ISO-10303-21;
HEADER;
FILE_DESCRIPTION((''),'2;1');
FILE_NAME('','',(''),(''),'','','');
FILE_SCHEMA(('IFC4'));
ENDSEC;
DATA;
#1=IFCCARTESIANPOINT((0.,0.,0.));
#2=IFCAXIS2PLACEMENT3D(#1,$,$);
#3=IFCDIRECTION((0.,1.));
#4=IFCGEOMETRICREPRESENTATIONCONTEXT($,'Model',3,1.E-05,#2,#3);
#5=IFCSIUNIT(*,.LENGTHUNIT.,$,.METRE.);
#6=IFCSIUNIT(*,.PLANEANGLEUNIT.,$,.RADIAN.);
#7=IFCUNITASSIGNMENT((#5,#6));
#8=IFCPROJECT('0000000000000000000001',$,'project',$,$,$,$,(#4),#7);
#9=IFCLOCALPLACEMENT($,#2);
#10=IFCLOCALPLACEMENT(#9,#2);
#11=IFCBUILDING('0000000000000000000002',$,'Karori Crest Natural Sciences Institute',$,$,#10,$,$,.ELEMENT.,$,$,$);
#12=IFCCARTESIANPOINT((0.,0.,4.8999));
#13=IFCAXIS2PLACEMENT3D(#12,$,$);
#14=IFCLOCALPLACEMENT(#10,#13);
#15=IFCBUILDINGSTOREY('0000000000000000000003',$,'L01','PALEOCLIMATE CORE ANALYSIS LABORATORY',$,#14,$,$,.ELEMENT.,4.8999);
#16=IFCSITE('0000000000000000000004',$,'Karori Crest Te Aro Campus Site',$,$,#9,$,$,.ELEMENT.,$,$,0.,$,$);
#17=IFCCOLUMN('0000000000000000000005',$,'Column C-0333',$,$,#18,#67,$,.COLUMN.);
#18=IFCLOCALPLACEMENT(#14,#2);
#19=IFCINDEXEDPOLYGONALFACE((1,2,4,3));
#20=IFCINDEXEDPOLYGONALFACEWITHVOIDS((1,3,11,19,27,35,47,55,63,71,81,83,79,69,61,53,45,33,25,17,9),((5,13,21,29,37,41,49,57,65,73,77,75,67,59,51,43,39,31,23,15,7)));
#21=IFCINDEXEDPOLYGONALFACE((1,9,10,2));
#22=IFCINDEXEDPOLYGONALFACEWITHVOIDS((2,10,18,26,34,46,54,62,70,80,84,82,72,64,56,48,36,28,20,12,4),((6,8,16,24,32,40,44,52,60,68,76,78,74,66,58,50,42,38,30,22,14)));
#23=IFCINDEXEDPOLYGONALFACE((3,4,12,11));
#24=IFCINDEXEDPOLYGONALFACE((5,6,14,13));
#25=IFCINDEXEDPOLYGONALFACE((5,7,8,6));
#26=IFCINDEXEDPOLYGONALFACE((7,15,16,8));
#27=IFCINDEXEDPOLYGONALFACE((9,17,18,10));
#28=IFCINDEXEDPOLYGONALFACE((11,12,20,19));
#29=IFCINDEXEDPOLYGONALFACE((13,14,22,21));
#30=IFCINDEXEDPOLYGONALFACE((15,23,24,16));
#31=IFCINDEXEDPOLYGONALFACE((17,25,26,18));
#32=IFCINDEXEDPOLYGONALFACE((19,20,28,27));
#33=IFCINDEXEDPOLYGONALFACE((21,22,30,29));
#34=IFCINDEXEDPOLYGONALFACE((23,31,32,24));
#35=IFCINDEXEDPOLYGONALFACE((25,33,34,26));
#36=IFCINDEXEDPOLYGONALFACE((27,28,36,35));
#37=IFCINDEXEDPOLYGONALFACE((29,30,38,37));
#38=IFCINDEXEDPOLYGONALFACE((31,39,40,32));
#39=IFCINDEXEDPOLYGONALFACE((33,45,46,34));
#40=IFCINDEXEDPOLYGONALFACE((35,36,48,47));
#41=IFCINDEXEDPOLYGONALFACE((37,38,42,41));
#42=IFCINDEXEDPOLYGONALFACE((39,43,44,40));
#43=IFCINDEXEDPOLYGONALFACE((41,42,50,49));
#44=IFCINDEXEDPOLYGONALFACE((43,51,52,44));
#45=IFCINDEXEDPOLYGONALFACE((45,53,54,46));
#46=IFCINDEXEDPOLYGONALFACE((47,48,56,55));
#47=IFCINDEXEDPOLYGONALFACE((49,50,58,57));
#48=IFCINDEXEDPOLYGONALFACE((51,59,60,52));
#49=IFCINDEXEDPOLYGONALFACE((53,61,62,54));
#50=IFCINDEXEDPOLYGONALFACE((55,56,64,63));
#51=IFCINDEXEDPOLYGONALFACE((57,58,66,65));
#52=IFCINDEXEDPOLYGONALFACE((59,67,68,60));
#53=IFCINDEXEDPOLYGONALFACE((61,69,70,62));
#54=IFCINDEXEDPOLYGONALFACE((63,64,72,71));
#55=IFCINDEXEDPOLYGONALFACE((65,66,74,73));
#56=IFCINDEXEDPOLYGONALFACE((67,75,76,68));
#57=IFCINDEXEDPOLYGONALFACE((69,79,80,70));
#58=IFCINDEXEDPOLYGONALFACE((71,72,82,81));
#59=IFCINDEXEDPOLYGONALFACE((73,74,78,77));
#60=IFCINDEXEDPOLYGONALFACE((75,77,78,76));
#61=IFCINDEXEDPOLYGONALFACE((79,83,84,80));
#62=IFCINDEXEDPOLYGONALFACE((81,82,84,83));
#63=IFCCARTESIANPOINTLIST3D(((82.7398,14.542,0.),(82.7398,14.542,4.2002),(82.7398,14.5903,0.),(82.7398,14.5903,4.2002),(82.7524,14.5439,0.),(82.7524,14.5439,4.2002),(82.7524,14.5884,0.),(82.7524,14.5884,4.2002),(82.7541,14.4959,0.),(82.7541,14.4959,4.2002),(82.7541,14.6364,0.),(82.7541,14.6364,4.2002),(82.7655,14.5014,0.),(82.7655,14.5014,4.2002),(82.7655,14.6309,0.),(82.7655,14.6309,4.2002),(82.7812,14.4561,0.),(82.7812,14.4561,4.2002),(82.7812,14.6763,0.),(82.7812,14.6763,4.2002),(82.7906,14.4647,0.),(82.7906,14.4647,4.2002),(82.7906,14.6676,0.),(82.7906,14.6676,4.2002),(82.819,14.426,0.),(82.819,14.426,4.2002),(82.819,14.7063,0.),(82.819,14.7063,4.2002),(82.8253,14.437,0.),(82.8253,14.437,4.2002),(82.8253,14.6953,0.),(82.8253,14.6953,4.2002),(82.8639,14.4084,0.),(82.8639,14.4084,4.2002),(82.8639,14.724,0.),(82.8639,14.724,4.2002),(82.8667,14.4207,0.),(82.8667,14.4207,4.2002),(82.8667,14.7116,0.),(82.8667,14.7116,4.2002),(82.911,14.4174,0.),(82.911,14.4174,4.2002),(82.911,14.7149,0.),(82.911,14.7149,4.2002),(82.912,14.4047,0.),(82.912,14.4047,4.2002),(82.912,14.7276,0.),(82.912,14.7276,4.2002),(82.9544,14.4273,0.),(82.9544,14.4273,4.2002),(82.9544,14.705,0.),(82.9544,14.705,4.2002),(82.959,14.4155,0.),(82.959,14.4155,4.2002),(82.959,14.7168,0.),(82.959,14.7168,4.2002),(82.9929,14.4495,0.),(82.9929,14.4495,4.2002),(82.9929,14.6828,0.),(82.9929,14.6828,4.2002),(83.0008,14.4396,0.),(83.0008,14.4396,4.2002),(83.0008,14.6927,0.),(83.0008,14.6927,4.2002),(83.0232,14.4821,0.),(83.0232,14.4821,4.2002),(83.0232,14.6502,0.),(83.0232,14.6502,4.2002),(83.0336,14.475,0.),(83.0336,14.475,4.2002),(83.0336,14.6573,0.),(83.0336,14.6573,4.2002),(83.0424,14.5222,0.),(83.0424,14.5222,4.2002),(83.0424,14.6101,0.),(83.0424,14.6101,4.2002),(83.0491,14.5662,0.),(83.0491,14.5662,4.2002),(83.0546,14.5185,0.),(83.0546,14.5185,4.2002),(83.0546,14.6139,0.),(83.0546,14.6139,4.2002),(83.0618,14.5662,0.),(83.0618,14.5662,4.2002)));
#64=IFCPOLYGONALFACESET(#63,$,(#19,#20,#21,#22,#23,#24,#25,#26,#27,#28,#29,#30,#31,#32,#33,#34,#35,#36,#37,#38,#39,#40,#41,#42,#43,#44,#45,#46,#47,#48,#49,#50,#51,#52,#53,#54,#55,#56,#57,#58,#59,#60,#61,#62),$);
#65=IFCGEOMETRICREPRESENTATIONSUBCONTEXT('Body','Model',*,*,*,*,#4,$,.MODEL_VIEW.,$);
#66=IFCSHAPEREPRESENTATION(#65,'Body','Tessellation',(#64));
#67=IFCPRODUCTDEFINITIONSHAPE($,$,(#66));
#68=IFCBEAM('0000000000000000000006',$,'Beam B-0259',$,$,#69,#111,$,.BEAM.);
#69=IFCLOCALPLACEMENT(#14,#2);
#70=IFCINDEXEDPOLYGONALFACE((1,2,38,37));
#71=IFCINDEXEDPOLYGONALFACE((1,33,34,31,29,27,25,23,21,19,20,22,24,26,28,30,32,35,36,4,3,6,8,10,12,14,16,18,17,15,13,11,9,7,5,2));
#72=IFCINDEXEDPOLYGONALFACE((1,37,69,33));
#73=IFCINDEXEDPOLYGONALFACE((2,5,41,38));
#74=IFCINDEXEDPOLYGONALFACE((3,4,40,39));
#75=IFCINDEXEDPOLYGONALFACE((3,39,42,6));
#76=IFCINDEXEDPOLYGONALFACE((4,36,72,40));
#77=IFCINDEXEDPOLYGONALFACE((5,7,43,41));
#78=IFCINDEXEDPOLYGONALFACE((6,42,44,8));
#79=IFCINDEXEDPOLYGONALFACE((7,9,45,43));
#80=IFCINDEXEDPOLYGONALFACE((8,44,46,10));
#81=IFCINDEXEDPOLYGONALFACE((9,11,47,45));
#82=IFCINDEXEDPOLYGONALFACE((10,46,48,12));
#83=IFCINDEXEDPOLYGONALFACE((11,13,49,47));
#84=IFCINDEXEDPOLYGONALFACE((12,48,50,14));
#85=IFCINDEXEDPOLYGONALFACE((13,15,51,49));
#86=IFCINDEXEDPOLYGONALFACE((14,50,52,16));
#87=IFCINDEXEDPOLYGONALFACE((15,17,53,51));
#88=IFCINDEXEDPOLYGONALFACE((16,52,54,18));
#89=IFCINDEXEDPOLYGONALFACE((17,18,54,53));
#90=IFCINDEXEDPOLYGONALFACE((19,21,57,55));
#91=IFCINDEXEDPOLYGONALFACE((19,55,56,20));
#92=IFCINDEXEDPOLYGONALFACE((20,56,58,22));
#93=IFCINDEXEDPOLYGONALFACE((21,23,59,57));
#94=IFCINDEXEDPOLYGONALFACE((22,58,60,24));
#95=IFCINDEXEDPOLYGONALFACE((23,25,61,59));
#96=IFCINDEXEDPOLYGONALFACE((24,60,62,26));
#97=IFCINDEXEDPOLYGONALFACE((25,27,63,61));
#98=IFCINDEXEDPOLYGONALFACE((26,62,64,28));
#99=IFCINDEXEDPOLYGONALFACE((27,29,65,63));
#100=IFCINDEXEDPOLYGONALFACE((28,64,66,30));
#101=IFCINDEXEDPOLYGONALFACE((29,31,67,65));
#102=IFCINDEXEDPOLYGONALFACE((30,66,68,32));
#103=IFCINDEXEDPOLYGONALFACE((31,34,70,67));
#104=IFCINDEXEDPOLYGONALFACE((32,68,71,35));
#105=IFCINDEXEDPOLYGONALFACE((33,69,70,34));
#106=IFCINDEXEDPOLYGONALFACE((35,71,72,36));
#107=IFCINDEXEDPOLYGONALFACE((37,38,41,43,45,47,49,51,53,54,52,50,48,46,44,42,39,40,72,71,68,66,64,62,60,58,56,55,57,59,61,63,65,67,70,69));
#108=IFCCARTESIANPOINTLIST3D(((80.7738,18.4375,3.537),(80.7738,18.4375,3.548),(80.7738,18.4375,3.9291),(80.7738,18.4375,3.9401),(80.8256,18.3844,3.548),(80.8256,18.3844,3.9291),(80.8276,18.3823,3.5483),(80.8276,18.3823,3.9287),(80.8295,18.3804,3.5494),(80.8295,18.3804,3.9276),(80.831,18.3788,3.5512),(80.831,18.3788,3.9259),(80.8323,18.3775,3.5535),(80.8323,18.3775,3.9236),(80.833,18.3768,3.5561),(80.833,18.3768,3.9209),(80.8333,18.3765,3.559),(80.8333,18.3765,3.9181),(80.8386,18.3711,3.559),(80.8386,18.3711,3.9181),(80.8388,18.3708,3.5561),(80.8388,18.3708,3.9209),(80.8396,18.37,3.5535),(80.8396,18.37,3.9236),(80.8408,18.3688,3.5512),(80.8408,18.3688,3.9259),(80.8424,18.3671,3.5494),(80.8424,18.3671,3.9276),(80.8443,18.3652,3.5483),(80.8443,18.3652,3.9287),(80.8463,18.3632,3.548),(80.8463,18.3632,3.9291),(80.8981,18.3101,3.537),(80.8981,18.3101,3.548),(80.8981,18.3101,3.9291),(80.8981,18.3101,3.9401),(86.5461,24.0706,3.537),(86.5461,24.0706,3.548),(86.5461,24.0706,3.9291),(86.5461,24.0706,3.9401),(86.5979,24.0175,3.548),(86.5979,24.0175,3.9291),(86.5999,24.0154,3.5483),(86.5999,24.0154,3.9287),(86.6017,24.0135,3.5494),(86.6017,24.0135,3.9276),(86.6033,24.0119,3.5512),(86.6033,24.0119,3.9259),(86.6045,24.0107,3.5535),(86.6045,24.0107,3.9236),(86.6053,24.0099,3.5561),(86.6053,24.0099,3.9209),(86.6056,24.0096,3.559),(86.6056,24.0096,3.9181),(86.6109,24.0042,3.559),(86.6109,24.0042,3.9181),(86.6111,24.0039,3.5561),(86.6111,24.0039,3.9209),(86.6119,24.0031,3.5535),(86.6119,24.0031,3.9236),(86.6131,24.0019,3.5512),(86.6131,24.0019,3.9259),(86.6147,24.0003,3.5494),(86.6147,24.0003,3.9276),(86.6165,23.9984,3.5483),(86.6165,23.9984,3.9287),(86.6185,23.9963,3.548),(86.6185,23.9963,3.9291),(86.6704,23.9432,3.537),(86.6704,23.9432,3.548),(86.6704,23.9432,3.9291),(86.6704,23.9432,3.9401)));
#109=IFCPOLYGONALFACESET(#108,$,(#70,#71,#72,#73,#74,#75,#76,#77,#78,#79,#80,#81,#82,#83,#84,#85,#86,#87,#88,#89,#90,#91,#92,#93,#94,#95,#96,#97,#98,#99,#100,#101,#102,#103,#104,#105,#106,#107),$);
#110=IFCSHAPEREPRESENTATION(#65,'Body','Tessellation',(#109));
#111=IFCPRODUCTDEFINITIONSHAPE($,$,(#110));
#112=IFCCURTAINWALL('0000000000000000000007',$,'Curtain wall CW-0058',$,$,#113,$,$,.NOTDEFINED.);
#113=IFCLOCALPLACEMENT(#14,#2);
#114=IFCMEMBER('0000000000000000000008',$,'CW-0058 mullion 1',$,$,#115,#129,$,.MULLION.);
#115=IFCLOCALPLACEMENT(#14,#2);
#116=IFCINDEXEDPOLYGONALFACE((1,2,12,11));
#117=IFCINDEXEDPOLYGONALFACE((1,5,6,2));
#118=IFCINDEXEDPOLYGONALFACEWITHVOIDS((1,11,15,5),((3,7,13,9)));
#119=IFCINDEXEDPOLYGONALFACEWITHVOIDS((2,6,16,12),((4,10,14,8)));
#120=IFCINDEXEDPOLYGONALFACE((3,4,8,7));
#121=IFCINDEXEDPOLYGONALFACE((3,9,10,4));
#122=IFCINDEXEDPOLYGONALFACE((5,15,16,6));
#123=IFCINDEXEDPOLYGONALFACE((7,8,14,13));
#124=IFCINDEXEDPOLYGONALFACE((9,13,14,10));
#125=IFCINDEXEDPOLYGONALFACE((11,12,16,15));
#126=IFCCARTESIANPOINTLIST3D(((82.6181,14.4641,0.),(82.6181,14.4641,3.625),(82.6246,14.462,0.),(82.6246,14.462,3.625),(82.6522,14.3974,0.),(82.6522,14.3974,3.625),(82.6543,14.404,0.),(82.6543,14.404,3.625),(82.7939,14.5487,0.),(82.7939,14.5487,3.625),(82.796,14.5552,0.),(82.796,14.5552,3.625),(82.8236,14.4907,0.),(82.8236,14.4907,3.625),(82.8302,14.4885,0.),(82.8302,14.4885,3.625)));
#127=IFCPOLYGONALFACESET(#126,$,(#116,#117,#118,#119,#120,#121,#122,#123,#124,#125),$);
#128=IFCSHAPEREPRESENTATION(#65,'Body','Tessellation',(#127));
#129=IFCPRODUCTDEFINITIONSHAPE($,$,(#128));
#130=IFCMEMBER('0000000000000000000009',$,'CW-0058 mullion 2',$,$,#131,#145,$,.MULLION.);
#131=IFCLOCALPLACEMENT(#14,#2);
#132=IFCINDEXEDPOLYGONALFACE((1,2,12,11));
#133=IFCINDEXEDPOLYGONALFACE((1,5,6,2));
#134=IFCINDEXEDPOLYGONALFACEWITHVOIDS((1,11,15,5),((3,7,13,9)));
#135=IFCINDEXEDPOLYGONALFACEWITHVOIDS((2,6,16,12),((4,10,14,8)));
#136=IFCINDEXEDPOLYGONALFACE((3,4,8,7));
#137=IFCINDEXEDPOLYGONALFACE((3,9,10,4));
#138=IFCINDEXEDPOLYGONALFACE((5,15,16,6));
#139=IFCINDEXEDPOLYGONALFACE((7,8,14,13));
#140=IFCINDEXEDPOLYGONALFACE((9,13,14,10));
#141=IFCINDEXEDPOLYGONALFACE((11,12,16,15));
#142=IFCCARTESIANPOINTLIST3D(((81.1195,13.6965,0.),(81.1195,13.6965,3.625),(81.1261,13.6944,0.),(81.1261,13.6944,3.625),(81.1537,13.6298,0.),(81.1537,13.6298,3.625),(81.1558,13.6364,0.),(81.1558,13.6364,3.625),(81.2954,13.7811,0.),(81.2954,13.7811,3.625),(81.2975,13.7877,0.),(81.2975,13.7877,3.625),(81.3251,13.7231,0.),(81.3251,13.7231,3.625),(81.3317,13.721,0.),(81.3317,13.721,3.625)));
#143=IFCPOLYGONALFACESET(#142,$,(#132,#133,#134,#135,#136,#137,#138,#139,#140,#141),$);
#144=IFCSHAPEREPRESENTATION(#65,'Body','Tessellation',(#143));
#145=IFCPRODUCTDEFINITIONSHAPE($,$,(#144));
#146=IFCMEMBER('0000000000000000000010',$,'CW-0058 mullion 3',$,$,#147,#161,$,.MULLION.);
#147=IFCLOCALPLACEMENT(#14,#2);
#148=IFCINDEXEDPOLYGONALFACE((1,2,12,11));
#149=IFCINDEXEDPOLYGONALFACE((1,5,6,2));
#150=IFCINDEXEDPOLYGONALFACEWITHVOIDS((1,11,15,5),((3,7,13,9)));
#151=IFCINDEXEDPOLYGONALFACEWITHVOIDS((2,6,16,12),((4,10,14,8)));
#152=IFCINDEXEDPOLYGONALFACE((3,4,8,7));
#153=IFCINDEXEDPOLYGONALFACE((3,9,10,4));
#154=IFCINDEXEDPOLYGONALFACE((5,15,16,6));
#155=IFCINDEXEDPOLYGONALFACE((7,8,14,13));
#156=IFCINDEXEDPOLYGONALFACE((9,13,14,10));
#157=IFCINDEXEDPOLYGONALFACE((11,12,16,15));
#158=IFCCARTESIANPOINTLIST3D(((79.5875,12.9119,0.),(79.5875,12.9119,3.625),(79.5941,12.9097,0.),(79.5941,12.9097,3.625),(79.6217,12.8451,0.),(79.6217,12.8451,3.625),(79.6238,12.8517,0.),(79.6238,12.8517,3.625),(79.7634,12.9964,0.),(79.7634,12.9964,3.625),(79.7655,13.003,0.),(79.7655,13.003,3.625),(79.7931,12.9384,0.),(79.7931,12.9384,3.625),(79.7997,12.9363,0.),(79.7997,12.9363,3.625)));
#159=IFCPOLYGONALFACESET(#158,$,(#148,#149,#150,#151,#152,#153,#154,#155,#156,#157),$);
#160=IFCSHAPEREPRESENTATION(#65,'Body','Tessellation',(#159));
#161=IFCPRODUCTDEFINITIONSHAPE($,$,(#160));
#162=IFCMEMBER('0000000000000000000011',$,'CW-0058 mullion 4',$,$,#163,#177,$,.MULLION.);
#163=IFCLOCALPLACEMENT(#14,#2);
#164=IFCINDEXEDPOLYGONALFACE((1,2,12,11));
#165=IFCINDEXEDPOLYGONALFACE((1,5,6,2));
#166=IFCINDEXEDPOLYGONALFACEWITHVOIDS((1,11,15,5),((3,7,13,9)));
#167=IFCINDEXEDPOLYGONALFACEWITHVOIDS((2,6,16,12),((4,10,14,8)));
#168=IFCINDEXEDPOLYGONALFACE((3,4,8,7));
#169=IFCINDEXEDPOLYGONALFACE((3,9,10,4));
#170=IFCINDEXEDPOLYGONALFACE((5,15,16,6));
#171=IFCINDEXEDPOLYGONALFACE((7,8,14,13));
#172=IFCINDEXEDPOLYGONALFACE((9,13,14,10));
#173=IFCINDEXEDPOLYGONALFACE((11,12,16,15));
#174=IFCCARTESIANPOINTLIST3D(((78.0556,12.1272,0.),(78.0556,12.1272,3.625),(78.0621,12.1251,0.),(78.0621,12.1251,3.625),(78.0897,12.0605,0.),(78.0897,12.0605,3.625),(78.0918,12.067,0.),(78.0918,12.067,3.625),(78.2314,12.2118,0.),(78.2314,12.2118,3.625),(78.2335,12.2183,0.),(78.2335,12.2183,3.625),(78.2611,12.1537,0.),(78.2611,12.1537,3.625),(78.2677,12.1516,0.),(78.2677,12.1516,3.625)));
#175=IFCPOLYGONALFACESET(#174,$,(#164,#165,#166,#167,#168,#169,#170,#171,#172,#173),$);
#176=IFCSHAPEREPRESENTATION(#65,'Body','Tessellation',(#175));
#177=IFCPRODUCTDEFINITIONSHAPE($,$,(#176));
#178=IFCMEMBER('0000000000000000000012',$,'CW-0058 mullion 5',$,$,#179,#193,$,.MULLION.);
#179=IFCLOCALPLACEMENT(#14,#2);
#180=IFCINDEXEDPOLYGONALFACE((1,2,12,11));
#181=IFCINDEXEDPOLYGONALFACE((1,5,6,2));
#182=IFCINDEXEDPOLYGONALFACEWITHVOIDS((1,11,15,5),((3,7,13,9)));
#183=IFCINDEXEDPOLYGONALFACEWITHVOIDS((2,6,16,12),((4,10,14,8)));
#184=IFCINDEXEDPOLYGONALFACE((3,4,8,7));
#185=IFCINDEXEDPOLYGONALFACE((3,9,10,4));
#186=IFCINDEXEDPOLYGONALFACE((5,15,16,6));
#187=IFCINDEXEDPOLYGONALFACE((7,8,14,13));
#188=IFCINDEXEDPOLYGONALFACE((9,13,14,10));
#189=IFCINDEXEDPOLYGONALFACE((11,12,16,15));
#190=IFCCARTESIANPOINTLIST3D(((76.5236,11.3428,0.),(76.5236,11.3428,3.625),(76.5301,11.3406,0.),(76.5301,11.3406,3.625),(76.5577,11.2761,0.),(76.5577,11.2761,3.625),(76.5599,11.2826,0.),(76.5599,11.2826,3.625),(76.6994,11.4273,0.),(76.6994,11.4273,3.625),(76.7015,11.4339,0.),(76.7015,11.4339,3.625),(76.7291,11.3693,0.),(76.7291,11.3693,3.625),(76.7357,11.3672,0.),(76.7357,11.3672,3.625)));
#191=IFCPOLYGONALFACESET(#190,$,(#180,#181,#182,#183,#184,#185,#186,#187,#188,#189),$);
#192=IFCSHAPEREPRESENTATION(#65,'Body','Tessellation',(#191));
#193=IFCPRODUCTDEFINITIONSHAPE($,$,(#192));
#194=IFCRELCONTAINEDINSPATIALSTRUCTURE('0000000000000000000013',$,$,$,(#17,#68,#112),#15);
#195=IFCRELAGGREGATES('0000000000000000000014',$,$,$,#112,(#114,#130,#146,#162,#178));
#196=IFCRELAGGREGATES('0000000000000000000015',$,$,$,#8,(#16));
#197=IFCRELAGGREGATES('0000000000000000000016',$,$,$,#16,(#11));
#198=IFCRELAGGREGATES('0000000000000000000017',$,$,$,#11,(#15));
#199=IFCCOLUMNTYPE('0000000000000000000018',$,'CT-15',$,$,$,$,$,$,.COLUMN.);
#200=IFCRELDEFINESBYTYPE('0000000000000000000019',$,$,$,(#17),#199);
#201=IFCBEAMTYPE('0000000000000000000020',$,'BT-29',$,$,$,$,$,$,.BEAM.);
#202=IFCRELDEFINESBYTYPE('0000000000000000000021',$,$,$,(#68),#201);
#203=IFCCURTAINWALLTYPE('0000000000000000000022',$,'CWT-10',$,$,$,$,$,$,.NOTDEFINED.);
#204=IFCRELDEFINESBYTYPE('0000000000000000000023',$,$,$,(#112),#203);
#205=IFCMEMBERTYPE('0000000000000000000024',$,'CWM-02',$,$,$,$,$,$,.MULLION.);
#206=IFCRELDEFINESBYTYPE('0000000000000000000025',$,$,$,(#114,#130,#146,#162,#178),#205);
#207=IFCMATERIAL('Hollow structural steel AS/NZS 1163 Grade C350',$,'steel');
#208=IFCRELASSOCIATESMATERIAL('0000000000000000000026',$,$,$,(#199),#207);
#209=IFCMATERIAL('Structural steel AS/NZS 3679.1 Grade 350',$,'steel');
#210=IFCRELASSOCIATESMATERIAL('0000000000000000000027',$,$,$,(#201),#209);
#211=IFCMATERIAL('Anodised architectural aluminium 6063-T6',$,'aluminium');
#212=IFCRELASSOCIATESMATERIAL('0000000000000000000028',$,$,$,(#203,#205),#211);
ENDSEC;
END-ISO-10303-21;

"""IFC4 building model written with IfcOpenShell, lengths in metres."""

from ifc_helpers import new_model, si_unit, direction, frame, origin, origin_2d, place, context, subcontext, project, spatial, hollow_rectangle, hollow_circle, i_section, extrude, material, material_profile, profile_set, type_object, element, aggregate, save


model = new_model("IFC4")

# Units and contexts
model_context = context("Model", 3, precision=1e-05, world=origin(), true_north=direction((0.0, 1.0)))
body_context = subcontext(model_context, "Body", "Model", "MODEL_VIEW")
ifc_project = project(units=[si_unit("LENGTHUNIT", "METRE"), si_unit("PLANEANGLEUNIT", "RADIAN")], contexts=[model_context])

# Site, building, storey
site_placement = place(None, origin())
site = spatial("IfcSite", under=ifc_project, at=site_placement, Name="Karori Crest Te Aro Campus Site", CompositionType="ELEMENT", RefElevation=0.0)
building_placement = place(site_placement, origin())
building = spatial("IfcBuilding", under=site, at=building_placement, Name="Karori Crest Natural Sciences Institute", CompositionType="ELEMENT")
storey_placement = place(building_placement, frame((0.0, 0.0, 4.8999)))
storey = spatial("IfcBuildingStorey", under=building, at=storey_placement, Name="L01", Description="PALEOCLIMATE CORE ANALYSIS LABORATORY", CompositionType="ELEMENT", Elevation=4.8999)

# Column
ifc_material_1 = material(Name="Hollow structural steel AS/NZS 1163 Grade C350", Category="steel")
ifc_material_profile_1 = material_profile(ifc_material_1, hollow_circle(Radius=0.1619, WallThickness=0.0127, at=origin_2d()), Name="CHS323.9x12.7")
ifc_profile_set_1 = profile_set([ifc_material_profile_1], Name="Hollow structural steel AS/NZS 1163 Grade C350")
column_type = type_object("IfcColumnType", Name="CT-15", PredefinedType="COLUMN", material=ifc_profile_set_1)
column_placement = place(storey_placement, frame((82.8999, 14.5662, 0.0), z_axis=(0.0, 0.0, 1.0), x_axis=(1.0, 0.0, 0.0)))
element("IfcColumn", 1, at=column_placement, inside=storey, type_object=column_type, Name="Column C-0333", PredefinedType="COLUMN", context=body_context, shape_type="SweptSolid", body=[
    extrude(hollow_circle(Radius=0.1619, WallThickness=0.0127, at=origin_2d()), origin(), (0.0, 0.0, 1.0), 4.2002),
])

# Beam
ifc_material_2 = material(Name="Structural steel AS/NZS 3679.1 Grade 350", Category="steel")
ifc_material_profile_2 = material_profile(ifc_material_2, i_section(OverallWidth=0.178, OverallDepth=0.4031, WebThickness=0.0076, FlangeThickness=0.011, FilletRadius=0.011, at=origin_2d()), Name="410UB53.7")
ifc_profile_set_2 = profile_set([ifc_material_profile_2], Name="Structural steel AS/NZS 3679.1 Grade 350")
beam_type = type_object("IfcBeamType", Name="BT-29", PredefinedType="BEAM", material=ifc_profile_set_2)
beam_placement = place(storey_placement, frame((80.8359, 18.3738, 3.7385), z_axis=(0.715681, 0.698427, 0.0), x_axis=(-0.698427, 0.715681, 0.0)))
element("IfcBeam", 2, at=beam_placement, inside=storey, type_object=beam_type, Name="Beam B-0259", PredefinedType="BEAM", context=body_context, shape_type="SweptSolid", body=[
    extrude(i_section(OverallWidth=0.178, OverallDepth=0.4031, WebThickness=0.0076, FlangeThickness=0.011, FilletRadius=0.011, at=origin_2d()), origin(), (0.0, 0.0, 1.0), 8.0654),
])

# Curtain wall, members
ifc_material_3 = material(Name="Anodised architectural aluminium 6063-T6", Category="aluminium")
curtain_wall_type = type_object("IfcCurtainWallType", Name="CWT-10", PredefinedType="NOTDEFINED", material=ifc_material_3)
curtain_wall_placement = place(storey_placement, origin())
curtain_wall = element("IfcCurtainWall", 3, at=curtain_wall_placement, inside=storey, type_object=curtain_wall_type, Name="Curtain wall CW-0058", PredefinedType="NOTDEFINED")
ifc_material_profile_3 = material_profile(ifc_material_3, hollow_rectangle(XDim=0.075, YDim=0.2, WallThickness=0.0049, at=origin_2d()), Name="CWM200x75x5")
ifc_profile_set_3 = profile_set([ifc_material_profile_3], Name="Anodised architectural aluminium 6063-T6")
member_type_1 = type_object("IfcMemberType", Name="CWM-02", PredefinedType="MULLION", material=ifc_profile_set_3)
member_1_placement = place(storey_placement, frame((82.7241, 14.4763, 0.0), z_axis=(0.0, 0.0, 1.0), x_axis=(0.455833, -0.890065, 0.0)))
member_1 = element("IfcMember", 4, at=member_1_placement, type_object=member_type_1, Name="CW-0058 mullion 1", PredefinedType="MULLION", context=body_context, shape_type="SweptSolid", body=[
    extrude(hollow_rectangle(XDim=0.075, YDim=0.2, WallThickness=0.0049, at=origin_2d()), origin(), (0.0, 0.0, 1.0), 3.625),
])
member_2_placement = place(storey_placement, frame((81.2256, 13.7087, 0.0), z_axis=(0.0, 0.0, 1.0), x_axis=(0.455833, -0.890065, 0.0)))
member_2 = element("IfcMember", 5, at=member_2_placement, type_object=member_type_1, Name="CW-0058 mullion 2", PredefinedType="MULLION", context=body_context, shape_type="SweptSolid", body=[
    extrude(hollow_rectangle(XDim=0.075, YDim=0.2, WallThickness=0.0049, at=origin_2d()), origin(), (0.0, 0.0, 1.0), 3.625),
])
member_3_placement = place(storey_placement, frame((79.6936, 12.9241, 0.0), z_axis=(0.0, 0.0, 1.0), x_axis=(0.455833, -0.890065, 0.0)))
member_3 = element("IfcMember", 6, at=member_3_placement, type_object=member_type_1, Name="CW-0058 mullion 3", PredefinedType="MULLION", context=body_context, shape_type="SweptSolid", body=[
    extrude(hollow_rectangle(XDim=0.075, YDim=0.2, WallThickness=0.0049, at=origin_2d()), origin(), (0.0, 0.0, 1.0), 3.625),
])
member_4_placement = place(storey_placement, frame((78.1616, 12.1394, 0.0), z_axis=(0.0, 0.0, 1.0), x_axis=(0.455833, -0.890065, 0.0)))
member_4 = element("IfcMember", 7, at=member_4_placement, type_object=member_type_1, Name="CW-0058 mullion 4", PredefinedType="MULLION", context=body_context, shape_type="SweptSolid", body=[
    extrude(hollow_rectangle(XDim=0.075, YDim=0.2, WallThickness=0.0049, at=origin_2d()), origin(), (0.0, 0.0, 1.0), 3.625),
])
member_5_placement = place(storey_placement, frame((76.6296, 11.355, 0.0), z_axis=(0.0, 0.0, 1.0), x_axis=(0.455833, -0.890065, 0.0)))
member_5 = element("IfcMember", 8, at=member_5_placement, type_object=member_type_1, Name="CW-0058 mullion 5", PredefinedType="MULLION", context=body_context, shape_type="SweptSolid", body=[
    extrude(hollow_rectangle(XDim=0.075, YDim=0.2, WallThickness=0.0049, at=origin_2d()), origin(), (0.0, 0.0, 1.0), 3.625),
])
aggregate(curtain_wall, [member_1, member_2, member_3, member_4, member_5])

save(model, "model.ifc")
